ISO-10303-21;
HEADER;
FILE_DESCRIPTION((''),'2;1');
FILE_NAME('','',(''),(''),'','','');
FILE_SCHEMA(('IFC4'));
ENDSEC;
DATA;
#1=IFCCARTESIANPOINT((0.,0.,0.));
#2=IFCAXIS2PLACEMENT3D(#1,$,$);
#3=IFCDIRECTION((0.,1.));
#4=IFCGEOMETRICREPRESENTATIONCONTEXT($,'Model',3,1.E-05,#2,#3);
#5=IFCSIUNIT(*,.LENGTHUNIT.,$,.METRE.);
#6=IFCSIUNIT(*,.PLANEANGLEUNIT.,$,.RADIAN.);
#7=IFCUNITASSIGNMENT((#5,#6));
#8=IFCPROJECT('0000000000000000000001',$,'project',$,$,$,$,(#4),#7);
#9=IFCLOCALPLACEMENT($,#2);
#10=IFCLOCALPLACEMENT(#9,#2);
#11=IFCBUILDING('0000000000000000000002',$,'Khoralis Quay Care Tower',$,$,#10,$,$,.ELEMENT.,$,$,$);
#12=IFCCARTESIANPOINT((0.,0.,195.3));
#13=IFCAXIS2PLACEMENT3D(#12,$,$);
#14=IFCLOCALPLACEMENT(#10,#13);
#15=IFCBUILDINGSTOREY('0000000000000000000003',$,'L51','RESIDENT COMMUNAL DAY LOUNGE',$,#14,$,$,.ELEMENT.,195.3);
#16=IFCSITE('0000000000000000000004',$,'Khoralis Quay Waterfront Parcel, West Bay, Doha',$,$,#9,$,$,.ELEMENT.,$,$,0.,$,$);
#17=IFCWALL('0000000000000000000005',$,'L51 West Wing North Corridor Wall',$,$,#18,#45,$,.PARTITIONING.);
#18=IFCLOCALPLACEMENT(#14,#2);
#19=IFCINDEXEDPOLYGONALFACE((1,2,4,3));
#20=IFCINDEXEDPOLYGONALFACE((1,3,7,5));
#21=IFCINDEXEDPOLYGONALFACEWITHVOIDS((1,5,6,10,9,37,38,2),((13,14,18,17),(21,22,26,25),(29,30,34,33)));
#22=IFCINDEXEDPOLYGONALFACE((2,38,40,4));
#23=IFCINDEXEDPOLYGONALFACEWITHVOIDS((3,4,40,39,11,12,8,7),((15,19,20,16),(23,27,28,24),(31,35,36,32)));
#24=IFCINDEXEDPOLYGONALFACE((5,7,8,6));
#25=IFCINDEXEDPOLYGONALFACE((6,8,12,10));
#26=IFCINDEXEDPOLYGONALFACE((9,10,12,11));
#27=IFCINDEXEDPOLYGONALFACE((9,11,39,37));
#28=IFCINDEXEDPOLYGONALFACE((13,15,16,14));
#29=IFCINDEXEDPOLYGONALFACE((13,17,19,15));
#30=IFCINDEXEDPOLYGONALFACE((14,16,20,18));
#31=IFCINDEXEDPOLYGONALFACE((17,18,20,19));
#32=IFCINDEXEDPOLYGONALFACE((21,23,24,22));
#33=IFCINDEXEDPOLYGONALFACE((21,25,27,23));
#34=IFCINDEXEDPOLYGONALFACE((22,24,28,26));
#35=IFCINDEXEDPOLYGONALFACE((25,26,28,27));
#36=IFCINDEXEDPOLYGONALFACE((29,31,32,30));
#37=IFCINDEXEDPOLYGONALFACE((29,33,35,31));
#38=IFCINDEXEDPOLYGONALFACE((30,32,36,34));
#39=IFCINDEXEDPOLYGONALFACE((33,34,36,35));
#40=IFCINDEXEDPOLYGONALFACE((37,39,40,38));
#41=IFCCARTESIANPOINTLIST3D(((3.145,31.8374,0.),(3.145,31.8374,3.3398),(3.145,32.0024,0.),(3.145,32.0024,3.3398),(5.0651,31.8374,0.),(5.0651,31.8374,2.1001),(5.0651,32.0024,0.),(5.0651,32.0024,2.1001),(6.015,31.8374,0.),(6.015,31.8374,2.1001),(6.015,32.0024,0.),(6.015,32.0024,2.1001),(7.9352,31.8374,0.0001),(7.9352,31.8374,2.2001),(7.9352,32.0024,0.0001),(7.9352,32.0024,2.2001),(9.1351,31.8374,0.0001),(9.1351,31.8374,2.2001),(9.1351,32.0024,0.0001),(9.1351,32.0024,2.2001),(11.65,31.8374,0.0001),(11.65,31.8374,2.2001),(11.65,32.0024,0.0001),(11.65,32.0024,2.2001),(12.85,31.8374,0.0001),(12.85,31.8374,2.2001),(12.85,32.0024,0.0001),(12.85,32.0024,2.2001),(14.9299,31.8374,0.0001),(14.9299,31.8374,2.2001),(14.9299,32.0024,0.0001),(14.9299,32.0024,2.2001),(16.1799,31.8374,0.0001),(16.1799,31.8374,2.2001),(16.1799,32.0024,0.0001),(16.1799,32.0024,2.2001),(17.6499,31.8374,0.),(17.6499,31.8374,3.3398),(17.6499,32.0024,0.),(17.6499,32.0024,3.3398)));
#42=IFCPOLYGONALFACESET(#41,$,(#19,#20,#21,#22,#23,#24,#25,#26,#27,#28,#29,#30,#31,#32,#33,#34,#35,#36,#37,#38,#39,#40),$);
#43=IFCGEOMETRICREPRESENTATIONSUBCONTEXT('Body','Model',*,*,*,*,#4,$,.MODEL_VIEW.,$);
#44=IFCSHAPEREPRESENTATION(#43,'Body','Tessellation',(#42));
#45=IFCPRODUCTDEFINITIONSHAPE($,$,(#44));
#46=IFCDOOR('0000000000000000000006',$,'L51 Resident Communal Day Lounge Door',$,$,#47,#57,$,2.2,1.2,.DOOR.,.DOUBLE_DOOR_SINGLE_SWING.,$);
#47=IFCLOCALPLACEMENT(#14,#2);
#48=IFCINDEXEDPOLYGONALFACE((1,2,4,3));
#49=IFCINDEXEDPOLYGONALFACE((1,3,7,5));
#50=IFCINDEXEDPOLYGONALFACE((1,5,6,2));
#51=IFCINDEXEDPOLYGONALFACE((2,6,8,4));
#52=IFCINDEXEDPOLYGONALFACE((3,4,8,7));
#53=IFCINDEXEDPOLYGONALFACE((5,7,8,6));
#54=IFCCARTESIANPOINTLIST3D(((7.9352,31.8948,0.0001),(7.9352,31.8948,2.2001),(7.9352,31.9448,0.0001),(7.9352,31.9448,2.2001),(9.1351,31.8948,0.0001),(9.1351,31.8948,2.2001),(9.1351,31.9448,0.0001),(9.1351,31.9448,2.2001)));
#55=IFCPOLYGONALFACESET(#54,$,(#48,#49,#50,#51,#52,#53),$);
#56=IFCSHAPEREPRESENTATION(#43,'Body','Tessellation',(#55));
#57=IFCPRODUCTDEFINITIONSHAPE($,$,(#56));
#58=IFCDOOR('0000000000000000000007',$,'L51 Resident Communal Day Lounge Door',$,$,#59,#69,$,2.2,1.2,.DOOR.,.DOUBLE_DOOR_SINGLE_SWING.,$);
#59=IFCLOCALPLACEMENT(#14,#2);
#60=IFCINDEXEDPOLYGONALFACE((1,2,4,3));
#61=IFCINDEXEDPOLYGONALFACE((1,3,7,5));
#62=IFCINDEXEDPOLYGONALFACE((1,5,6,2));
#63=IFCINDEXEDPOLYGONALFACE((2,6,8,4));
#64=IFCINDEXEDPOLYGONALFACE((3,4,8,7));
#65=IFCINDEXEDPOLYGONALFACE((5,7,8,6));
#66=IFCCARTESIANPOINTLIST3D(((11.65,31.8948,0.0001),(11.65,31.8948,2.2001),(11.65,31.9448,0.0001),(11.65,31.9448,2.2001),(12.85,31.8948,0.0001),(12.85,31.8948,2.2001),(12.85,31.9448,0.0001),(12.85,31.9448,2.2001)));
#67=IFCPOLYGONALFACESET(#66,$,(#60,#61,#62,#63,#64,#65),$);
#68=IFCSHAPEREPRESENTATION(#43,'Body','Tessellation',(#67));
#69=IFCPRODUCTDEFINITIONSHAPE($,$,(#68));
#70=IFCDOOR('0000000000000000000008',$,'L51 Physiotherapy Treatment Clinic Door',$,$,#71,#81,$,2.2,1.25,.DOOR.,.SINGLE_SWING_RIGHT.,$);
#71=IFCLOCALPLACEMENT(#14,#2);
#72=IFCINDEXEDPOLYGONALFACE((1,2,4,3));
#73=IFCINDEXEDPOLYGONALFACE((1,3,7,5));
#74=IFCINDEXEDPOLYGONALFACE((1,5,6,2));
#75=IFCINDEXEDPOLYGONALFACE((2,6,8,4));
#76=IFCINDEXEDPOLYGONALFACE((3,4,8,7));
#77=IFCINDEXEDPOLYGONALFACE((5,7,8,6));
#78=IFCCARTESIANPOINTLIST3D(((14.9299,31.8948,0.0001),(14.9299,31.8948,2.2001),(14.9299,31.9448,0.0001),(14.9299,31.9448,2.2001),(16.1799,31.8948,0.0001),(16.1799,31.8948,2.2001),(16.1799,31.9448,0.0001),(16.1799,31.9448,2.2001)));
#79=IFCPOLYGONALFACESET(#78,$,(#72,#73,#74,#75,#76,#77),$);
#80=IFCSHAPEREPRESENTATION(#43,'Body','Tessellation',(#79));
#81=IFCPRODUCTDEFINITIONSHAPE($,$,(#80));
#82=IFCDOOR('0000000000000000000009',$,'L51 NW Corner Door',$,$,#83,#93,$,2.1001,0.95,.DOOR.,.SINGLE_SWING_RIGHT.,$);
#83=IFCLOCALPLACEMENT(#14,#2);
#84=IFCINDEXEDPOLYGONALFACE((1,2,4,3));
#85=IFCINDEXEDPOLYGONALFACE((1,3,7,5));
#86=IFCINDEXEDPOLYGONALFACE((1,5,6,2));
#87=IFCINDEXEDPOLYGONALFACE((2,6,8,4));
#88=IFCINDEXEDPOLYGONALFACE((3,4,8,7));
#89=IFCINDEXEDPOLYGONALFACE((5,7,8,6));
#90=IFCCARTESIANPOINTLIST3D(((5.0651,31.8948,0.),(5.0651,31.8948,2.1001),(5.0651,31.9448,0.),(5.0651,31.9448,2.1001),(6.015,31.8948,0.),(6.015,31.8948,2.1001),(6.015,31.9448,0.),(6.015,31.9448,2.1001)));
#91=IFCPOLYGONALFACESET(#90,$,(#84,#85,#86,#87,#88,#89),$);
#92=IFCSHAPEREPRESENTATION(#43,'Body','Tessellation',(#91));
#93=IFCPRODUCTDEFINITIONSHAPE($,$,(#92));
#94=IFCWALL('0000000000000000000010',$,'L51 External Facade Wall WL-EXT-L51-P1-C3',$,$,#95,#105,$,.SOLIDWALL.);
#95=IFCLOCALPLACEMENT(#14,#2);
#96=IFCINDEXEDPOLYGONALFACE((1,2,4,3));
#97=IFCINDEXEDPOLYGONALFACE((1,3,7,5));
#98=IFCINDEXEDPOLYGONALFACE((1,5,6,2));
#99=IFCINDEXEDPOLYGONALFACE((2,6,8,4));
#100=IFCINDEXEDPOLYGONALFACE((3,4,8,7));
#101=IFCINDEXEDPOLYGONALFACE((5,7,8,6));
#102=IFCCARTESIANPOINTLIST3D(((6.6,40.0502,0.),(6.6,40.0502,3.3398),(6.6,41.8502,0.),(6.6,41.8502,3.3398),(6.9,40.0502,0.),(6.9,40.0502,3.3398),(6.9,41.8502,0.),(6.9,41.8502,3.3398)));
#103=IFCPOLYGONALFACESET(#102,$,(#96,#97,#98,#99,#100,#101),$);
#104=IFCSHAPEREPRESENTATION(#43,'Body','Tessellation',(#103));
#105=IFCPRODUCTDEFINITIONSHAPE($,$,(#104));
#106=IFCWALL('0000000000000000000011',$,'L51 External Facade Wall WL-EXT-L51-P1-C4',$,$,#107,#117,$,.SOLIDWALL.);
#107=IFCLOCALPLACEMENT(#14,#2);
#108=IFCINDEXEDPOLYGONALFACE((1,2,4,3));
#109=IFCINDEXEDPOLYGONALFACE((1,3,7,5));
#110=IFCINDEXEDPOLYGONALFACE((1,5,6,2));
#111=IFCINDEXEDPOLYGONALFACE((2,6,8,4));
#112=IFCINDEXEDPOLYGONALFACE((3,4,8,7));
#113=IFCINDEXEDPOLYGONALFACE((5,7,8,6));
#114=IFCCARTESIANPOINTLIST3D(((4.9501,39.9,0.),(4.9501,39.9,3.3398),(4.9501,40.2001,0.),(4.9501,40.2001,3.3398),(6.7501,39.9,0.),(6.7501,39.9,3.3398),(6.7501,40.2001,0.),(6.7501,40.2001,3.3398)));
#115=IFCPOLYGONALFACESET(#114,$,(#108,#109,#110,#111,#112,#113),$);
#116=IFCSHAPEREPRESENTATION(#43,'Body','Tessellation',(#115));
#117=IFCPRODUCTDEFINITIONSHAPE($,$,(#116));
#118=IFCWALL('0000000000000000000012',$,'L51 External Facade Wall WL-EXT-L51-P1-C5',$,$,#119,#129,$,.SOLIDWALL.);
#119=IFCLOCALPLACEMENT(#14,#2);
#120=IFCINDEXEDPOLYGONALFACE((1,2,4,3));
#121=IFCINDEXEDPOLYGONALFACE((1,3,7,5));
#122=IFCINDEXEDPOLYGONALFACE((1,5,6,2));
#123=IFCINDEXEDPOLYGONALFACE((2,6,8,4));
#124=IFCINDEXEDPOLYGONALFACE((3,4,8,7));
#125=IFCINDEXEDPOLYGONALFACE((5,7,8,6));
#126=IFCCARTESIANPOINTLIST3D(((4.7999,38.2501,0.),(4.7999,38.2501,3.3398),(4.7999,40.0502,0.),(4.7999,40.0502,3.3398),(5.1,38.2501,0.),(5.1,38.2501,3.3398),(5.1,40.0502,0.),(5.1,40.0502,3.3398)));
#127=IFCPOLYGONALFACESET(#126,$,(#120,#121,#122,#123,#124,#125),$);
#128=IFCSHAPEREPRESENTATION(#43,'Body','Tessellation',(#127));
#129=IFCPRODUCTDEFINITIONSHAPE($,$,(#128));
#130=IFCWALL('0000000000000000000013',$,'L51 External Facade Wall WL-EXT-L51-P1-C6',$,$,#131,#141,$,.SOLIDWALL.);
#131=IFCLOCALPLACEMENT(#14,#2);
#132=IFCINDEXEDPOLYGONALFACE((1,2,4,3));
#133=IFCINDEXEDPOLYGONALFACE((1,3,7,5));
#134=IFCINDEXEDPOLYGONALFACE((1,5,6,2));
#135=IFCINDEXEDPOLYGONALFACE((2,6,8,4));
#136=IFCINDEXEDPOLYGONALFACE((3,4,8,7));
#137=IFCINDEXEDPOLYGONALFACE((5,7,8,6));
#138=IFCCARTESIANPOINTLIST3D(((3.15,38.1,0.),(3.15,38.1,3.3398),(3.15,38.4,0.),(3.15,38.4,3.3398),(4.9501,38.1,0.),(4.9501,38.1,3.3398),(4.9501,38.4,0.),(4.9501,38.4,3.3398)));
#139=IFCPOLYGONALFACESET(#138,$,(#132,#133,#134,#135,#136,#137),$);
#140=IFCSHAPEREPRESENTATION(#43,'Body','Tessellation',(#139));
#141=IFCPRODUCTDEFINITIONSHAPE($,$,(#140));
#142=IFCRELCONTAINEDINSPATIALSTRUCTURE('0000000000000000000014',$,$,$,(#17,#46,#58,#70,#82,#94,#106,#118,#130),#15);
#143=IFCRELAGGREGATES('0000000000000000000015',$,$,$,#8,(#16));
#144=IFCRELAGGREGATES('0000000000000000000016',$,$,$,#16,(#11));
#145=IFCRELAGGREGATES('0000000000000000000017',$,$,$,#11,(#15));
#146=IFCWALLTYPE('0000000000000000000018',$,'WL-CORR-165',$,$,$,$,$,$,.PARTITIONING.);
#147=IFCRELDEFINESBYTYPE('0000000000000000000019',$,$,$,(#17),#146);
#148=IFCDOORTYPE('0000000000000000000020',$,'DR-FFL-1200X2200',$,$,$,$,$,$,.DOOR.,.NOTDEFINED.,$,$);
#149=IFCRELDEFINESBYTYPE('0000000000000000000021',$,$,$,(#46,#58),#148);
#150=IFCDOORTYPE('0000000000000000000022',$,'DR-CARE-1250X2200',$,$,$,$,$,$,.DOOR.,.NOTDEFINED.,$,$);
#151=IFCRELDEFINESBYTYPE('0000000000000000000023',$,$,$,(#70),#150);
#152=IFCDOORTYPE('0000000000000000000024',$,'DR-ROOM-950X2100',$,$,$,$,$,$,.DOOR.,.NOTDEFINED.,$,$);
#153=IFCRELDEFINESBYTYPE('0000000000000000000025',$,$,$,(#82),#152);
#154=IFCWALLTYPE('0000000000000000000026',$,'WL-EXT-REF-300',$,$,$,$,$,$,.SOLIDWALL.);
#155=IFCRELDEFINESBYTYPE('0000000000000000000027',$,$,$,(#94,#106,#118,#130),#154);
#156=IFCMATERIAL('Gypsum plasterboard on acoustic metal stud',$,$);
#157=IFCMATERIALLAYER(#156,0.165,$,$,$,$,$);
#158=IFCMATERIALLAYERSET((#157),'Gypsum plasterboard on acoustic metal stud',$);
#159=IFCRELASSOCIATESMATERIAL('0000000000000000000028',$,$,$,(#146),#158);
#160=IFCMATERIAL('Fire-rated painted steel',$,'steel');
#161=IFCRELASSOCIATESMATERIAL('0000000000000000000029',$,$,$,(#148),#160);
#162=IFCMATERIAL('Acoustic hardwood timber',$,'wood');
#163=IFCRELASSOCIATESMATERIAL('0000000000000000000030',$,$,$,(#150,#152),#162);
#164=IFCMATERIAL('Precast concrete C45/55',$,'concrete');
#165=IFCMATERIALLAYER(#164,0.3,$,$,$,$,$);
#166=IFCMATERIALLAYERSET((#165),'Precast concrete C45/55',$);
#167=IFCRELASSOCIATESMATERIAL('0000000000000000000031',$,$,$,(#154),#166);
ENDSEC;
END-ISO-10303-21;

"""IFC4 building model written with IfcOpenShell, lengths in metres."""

from ifc_helpers import new_model, si_unit, direction, frame, frame_2d, origin, place, context, subcontext, project, spatial, rectangle, extrude, source, transform, mapped, material, layer, layer_set, type_object, element, fill, save


model = new_model("IFC4")

# Units and contexts
model_context = context("Model", 3, precision=1e-05, world=origin(), true_north=direction((0.0, 1.0)))
body_context = subcontext(model_context, "Body", "Model", "MODEL_VIEW")
ifc_project = project(units=[si_unit("LENGTHUNIT", "METRE"), si_unit("PLANEANGLEUNIT", "RADIAN")], contexts=[model_context])

# Site, building, storey
site_placement = place(None, origin())
site = spatial("IfcSite", under=ifc_project, at=site_placement, Name="Khoralis Quay Waterfront Parcel, West Bay, Doha", CompositionType="ELEMENT", RefElevation=0.0)
building_placement = place(site_placement, origin())
building = spatial("IfcBuilding", under=site, at=building_placement, Name="Khoralis Quay Care Tower", CompositionType="ELEMENT")
storey_placement = place(building_placement, frame((0.0, 0.0, 195.3)))
storey = spatial("IfcBuildingStorey", under=building, at=storey_placement, Name="L51", Description="RESIDENT COMMUNAL DAY LOUNGE", CompositionType="ELEMENT", Elevation=195.3)

# Wall, openings, doors
ifc_material_1 = material(Name="Gypsum plasterboard on acoustic metal stud")
ifc_layer_1 = layer(ifc_material_1, 0.165)
ifc_layer_set_1 = layer_set([ifc_layer_1], Name="Gypsum plasterboard on acoustic metal stud")
wall_type_1 = type_object("IfcWallType", Name="WL-CORR-165", PredefinedType="PARTITIONING", material=ifc_layer_set_1)
wall_1_placement = place(storey_placement, frame((3.145, 31.9199, 0.0), z_axis=(0.0, 0.0, 1.0), x_axis=(1.0, 0.0, 0.0)))
wall_1 = element("IfcWall", 1, at=wall_1_placement, inside=storey, type_object=wall_type_1, Name="L51 West Wing North Corridor Wall", PredefinedType="PARTITIONING", context=body_context, shape_type="SweptSolid", body=[
    extrude(rectangle(XDim=14.5049, YDim=0.165, at=frame_2d((7.2524, 0.0))), origin(), (0.0, 0.0, 1.0), 3.3398),
])
opening_1_placement = place(wall_1_placement, frame((4.79, 0.0, 0.0)))
opening_1 = element("IfcOpeningElement", 2, at=opening_1_placement, cuts=wall_1, PredefinedType="OPENING", context=body_context, shape_type="SweptSolid", body=[
    extrude(rectangle(XDim=1.2, YDim=2.2, at=frame_2d((0.6001, 1.1001))), frame((0.0, 0.0925, 0.0), z_axis=(0.0, -1.0, 0.0), x_axis=(1.0, 0.0, 0.0)), (0.0, 0.0, 1.0), 0.1851),
])
opening_2_placement = place(wall_1_placement, frame((8.5049, 0.0, 0.0)))
opening_2 = element("IfcOpeningElement", 3, at=opening_2_placement, cuts=wall_1, PredefinedType="OPENING", context=body_context, shape_type="SweptSolid", body=[
    extrude(rectangle(XDim=1.2, YDim=2.2, at=frame_2d((0.6001, 1.1001))), frame((0.0, 0.0925, 0.0), z_axis=(0.0, -1.0, 0.0), x_axis=(1.0, 0.0, 0.0)), (0.0, 0.0, 1.0), 0.1851),
])
opening_3_placement = place(wall_1_placement, frame((11.7849, 0.0, 0.0)))
opening_3 = element("IfcOpeningElement", 4, at=opening_3_placement, cuts=wall_1, PredefinedType="OPENING", context=body_context, shape_type="SweptSolid", body=[
    extrude(rectangle(XDim=1.25, YDim=2.2, at=frame_2d((0.625, 1.1001))), frame((0.0, 0.0925, 0.0), z_axis=(0.0, -1.0, 0.0), x_axis=(1.0, 0.0, 0.0)), (0.0, 0.0, 1.0), 0.1851),
])
opening_4_placement = place(wall_1_placement, frame((1.9199, 0.0, 0.0)))
opening_4 = element("IfcOpeningElement", 5, at=opening_4_placement, cuts=wall_1, PredefinedType="OPENING", context=body_context, shape_type="SweptSolid", body=[
    extrude(rectangle(XDim=0.95, YDim=2.1001, at=frame_2d((0.4751, 1.05))), frame((0.0, 0.0925, 0.0), z_axis=(0.0, -1.0, 0.0), x_axis=(1.0, 0.0, 0.0)), (0.0, 0.0, 1.0), 0.1851),
])
ifc_material_2 = material(Name="Fire-rated painted steel", Category="steel")
door_type_1 = type_object("IfcDoorType", Name="DR-FFL-1200X2200", OperationType="NOTDEFINED", PredefinedType="DOOR", material=ifc_material_2)
shared_shape_1 = source(origin(), body_context, "Body", "SweptSolid", [
    extrude(rectangle(XDim=1.2, YDim=2.2, at=frame_2d((0.6001, 1.1001))), frame((0.0, 0.0249, 0.0), z_axis=(0.0, -1.0, 0.0), x_axis=(1.0, 0.0, 0.0)), (0.0, 0.0, 1.0), 0.05),
])
door_1_placement = place(opening_1_placement, origin())
door_1 = element("IfcDoor", 6, at=door_1_placement, inside=storey, type_object=door_type_1, Name="L51 Resident Communal Day Lounge Door", OperationType="DOUBLE_DOOR_SINGLE_SWING", OverallHeight=2.2, OverallWidth=1.2, PredefinedType="DOOR", context=body_context, shape_type="MappedRepresentation", body=[
    mapped(shared_shape_1, transform((0.0, 0.0, 0.0), scale=1.0)),
])
fill(opening_1, door_1)
door_2_placement = place(opening_2_placement, origin())
door_2 = element("IfcDoor", 7, at=door_2_placement, inside=storey, type_object=door_type_1, Name="L51 Resident Communal Day Lounge Door", OperationType="DOUBLE_DOOR_SINGLE_SWING", OverallHeight=2.2, OverallWidth=1.2, PredefinedType="DOOR", context=body_context, shape_type="MappedRepresentation", body=[
    mapped(shared_shape_1, transform((0.0, 0.0, 0.0), scale=1.0)),
])
fill(opening_2, door_2)
ifc_material_3 = material(Name="Acoustic hardwood timber", Category="wood")
door_type_2 = type_object("IfcDoorType", Name="DR-CARE-1250X2200", OperationType="NOTDEFINED", PredefinedType="DOOR", material=ifc_material_3)
shared_shape_2 = source(origin(), body_context, "Body", "SweptSolid", [
    extrude(rectangle(XDim=1.25, YDim=2.2, at=frame_2d((0.625, 1.1001))), frame((0.0, 0.0249, 0.0), z_axis=(0.0, -1.0, 0.0), x_axis=(1.0, 0.0, 0.0)), (0.0, 0.0, 1.0), 0.05),
])
door_3_placement = place(opening_3_placement, origin())
door_3 = element("IfcDoor", 8, at=door_3_placement, inside=storey, type_object=door_type_2, Name="L51 Physiotherapy Treatment Clinic Door", OperationType="SINGLE_SWING_RIGHT", OverallHeight=2.2, OverallWidth=1.25, PredefinedType="DOOR", context=body_context, shape_type="MappedRepresentation", body=[
    mapped(shared_shape_2, transform((0.0, 0.0, 0.0), scale=1.0)),
])
fill(opening_3, door_3)
door_type_3 = type_object("IfcDoorType", Name="DR-ROOM-950X2100", OperationType="NOTDEFINED", PredefinedType="DOOR", material=ifc_material_3)
shared_shape_3 = source(origin(), body_context, "Body", "SweptSolid", [
    extrude(rectangle(XDim=0.95, YDim=2.1001, at=frame_2d((0.4751, 1.05))), frame((0.0, 0.0249, 0.0), z_axis=(0.0, -1.0, 0.0), x_axis=(1.0, 0.0, 0.0)), (0.0, 0.0, 1.0), 0.05),
])
door_4_placement = place(opening_4_placement, origin())
door_4 = element("IfcDoor", 9, at=door_4_placement, inside=storey, type_object=door_type_3, Name="L51 NW Corner Door", OperationType="SINGLE_SWING_RIGHT", OverallHeight=2.1001, OverallWidth=0.95, PredefinedType="DOOR", context=body_context, shape_type="MappedRepresentation", body=[
    mapped(shared_shape_3, transform((0.0, 0.0, 0.0), scale=1.0)),
])
fill(opening_4, door_4)

# Walls
ifc_material_4 = material(Name="Precast concrete C45/55", Category="concrete")
ifc_layer_2 = layer(ifc_material_4, 0.3)
ifc_layer_set_2 = layer_set([ifc_layer_2], Name="Precast concrete C45/55")
wall_type_2 = type_object("IfcWallType", Name="WL-EXT-REF-300", PredefinedType="SOLIDWALL", material=ifc_layer_set_2)
for number, where, z_axis, x_axis, name in (
    (10, (6.75, 41.8501, 0.0), (0.0, 0.0, 1.0), (0.0, -1.0, 0.0), "L51 External Facade Wall WL-EXT-L51-P1-C3"),
    (11, (6.75, 40.05, 0.0), (0.0, 0.0, 1.0), (-1.0, 0.0, 0.0), "L51 External Facade Wall WL-EXT-L51-P1-C4"),
    (12, (4.95, 40.05, 0.0), (0.0, 0.0, 1.0), (0.0, -1.0, 0.0), "L51 External Facade Wall WL-EXT-L51-P1-C5"),
    (13, (4.95, 38.25, 0.0), (0.0, 0.0, 1.0), (-1.0, 0.0, 0.0), "L51 External Facade Wall WL-EXT-L51-P1-C6"),
):
    element("IfcWall", number, at=place(storey_placement, frame(where, z_axis=z_axis, x_axis=x_axis)), inside=storey, type_object=wall_type_2, Name=name, PredefinedType="SOLIDWALL", context=body_context, shape_type="SweptSolid", body=[
        extrude(rectangle(XDim=1.8, YDim=0.3, at=frame_2d((0.8999, 0.0))), origin(), (0.0, 0.0, 1.0), 3.3398),
    ])

save(model, "model.ifc")
